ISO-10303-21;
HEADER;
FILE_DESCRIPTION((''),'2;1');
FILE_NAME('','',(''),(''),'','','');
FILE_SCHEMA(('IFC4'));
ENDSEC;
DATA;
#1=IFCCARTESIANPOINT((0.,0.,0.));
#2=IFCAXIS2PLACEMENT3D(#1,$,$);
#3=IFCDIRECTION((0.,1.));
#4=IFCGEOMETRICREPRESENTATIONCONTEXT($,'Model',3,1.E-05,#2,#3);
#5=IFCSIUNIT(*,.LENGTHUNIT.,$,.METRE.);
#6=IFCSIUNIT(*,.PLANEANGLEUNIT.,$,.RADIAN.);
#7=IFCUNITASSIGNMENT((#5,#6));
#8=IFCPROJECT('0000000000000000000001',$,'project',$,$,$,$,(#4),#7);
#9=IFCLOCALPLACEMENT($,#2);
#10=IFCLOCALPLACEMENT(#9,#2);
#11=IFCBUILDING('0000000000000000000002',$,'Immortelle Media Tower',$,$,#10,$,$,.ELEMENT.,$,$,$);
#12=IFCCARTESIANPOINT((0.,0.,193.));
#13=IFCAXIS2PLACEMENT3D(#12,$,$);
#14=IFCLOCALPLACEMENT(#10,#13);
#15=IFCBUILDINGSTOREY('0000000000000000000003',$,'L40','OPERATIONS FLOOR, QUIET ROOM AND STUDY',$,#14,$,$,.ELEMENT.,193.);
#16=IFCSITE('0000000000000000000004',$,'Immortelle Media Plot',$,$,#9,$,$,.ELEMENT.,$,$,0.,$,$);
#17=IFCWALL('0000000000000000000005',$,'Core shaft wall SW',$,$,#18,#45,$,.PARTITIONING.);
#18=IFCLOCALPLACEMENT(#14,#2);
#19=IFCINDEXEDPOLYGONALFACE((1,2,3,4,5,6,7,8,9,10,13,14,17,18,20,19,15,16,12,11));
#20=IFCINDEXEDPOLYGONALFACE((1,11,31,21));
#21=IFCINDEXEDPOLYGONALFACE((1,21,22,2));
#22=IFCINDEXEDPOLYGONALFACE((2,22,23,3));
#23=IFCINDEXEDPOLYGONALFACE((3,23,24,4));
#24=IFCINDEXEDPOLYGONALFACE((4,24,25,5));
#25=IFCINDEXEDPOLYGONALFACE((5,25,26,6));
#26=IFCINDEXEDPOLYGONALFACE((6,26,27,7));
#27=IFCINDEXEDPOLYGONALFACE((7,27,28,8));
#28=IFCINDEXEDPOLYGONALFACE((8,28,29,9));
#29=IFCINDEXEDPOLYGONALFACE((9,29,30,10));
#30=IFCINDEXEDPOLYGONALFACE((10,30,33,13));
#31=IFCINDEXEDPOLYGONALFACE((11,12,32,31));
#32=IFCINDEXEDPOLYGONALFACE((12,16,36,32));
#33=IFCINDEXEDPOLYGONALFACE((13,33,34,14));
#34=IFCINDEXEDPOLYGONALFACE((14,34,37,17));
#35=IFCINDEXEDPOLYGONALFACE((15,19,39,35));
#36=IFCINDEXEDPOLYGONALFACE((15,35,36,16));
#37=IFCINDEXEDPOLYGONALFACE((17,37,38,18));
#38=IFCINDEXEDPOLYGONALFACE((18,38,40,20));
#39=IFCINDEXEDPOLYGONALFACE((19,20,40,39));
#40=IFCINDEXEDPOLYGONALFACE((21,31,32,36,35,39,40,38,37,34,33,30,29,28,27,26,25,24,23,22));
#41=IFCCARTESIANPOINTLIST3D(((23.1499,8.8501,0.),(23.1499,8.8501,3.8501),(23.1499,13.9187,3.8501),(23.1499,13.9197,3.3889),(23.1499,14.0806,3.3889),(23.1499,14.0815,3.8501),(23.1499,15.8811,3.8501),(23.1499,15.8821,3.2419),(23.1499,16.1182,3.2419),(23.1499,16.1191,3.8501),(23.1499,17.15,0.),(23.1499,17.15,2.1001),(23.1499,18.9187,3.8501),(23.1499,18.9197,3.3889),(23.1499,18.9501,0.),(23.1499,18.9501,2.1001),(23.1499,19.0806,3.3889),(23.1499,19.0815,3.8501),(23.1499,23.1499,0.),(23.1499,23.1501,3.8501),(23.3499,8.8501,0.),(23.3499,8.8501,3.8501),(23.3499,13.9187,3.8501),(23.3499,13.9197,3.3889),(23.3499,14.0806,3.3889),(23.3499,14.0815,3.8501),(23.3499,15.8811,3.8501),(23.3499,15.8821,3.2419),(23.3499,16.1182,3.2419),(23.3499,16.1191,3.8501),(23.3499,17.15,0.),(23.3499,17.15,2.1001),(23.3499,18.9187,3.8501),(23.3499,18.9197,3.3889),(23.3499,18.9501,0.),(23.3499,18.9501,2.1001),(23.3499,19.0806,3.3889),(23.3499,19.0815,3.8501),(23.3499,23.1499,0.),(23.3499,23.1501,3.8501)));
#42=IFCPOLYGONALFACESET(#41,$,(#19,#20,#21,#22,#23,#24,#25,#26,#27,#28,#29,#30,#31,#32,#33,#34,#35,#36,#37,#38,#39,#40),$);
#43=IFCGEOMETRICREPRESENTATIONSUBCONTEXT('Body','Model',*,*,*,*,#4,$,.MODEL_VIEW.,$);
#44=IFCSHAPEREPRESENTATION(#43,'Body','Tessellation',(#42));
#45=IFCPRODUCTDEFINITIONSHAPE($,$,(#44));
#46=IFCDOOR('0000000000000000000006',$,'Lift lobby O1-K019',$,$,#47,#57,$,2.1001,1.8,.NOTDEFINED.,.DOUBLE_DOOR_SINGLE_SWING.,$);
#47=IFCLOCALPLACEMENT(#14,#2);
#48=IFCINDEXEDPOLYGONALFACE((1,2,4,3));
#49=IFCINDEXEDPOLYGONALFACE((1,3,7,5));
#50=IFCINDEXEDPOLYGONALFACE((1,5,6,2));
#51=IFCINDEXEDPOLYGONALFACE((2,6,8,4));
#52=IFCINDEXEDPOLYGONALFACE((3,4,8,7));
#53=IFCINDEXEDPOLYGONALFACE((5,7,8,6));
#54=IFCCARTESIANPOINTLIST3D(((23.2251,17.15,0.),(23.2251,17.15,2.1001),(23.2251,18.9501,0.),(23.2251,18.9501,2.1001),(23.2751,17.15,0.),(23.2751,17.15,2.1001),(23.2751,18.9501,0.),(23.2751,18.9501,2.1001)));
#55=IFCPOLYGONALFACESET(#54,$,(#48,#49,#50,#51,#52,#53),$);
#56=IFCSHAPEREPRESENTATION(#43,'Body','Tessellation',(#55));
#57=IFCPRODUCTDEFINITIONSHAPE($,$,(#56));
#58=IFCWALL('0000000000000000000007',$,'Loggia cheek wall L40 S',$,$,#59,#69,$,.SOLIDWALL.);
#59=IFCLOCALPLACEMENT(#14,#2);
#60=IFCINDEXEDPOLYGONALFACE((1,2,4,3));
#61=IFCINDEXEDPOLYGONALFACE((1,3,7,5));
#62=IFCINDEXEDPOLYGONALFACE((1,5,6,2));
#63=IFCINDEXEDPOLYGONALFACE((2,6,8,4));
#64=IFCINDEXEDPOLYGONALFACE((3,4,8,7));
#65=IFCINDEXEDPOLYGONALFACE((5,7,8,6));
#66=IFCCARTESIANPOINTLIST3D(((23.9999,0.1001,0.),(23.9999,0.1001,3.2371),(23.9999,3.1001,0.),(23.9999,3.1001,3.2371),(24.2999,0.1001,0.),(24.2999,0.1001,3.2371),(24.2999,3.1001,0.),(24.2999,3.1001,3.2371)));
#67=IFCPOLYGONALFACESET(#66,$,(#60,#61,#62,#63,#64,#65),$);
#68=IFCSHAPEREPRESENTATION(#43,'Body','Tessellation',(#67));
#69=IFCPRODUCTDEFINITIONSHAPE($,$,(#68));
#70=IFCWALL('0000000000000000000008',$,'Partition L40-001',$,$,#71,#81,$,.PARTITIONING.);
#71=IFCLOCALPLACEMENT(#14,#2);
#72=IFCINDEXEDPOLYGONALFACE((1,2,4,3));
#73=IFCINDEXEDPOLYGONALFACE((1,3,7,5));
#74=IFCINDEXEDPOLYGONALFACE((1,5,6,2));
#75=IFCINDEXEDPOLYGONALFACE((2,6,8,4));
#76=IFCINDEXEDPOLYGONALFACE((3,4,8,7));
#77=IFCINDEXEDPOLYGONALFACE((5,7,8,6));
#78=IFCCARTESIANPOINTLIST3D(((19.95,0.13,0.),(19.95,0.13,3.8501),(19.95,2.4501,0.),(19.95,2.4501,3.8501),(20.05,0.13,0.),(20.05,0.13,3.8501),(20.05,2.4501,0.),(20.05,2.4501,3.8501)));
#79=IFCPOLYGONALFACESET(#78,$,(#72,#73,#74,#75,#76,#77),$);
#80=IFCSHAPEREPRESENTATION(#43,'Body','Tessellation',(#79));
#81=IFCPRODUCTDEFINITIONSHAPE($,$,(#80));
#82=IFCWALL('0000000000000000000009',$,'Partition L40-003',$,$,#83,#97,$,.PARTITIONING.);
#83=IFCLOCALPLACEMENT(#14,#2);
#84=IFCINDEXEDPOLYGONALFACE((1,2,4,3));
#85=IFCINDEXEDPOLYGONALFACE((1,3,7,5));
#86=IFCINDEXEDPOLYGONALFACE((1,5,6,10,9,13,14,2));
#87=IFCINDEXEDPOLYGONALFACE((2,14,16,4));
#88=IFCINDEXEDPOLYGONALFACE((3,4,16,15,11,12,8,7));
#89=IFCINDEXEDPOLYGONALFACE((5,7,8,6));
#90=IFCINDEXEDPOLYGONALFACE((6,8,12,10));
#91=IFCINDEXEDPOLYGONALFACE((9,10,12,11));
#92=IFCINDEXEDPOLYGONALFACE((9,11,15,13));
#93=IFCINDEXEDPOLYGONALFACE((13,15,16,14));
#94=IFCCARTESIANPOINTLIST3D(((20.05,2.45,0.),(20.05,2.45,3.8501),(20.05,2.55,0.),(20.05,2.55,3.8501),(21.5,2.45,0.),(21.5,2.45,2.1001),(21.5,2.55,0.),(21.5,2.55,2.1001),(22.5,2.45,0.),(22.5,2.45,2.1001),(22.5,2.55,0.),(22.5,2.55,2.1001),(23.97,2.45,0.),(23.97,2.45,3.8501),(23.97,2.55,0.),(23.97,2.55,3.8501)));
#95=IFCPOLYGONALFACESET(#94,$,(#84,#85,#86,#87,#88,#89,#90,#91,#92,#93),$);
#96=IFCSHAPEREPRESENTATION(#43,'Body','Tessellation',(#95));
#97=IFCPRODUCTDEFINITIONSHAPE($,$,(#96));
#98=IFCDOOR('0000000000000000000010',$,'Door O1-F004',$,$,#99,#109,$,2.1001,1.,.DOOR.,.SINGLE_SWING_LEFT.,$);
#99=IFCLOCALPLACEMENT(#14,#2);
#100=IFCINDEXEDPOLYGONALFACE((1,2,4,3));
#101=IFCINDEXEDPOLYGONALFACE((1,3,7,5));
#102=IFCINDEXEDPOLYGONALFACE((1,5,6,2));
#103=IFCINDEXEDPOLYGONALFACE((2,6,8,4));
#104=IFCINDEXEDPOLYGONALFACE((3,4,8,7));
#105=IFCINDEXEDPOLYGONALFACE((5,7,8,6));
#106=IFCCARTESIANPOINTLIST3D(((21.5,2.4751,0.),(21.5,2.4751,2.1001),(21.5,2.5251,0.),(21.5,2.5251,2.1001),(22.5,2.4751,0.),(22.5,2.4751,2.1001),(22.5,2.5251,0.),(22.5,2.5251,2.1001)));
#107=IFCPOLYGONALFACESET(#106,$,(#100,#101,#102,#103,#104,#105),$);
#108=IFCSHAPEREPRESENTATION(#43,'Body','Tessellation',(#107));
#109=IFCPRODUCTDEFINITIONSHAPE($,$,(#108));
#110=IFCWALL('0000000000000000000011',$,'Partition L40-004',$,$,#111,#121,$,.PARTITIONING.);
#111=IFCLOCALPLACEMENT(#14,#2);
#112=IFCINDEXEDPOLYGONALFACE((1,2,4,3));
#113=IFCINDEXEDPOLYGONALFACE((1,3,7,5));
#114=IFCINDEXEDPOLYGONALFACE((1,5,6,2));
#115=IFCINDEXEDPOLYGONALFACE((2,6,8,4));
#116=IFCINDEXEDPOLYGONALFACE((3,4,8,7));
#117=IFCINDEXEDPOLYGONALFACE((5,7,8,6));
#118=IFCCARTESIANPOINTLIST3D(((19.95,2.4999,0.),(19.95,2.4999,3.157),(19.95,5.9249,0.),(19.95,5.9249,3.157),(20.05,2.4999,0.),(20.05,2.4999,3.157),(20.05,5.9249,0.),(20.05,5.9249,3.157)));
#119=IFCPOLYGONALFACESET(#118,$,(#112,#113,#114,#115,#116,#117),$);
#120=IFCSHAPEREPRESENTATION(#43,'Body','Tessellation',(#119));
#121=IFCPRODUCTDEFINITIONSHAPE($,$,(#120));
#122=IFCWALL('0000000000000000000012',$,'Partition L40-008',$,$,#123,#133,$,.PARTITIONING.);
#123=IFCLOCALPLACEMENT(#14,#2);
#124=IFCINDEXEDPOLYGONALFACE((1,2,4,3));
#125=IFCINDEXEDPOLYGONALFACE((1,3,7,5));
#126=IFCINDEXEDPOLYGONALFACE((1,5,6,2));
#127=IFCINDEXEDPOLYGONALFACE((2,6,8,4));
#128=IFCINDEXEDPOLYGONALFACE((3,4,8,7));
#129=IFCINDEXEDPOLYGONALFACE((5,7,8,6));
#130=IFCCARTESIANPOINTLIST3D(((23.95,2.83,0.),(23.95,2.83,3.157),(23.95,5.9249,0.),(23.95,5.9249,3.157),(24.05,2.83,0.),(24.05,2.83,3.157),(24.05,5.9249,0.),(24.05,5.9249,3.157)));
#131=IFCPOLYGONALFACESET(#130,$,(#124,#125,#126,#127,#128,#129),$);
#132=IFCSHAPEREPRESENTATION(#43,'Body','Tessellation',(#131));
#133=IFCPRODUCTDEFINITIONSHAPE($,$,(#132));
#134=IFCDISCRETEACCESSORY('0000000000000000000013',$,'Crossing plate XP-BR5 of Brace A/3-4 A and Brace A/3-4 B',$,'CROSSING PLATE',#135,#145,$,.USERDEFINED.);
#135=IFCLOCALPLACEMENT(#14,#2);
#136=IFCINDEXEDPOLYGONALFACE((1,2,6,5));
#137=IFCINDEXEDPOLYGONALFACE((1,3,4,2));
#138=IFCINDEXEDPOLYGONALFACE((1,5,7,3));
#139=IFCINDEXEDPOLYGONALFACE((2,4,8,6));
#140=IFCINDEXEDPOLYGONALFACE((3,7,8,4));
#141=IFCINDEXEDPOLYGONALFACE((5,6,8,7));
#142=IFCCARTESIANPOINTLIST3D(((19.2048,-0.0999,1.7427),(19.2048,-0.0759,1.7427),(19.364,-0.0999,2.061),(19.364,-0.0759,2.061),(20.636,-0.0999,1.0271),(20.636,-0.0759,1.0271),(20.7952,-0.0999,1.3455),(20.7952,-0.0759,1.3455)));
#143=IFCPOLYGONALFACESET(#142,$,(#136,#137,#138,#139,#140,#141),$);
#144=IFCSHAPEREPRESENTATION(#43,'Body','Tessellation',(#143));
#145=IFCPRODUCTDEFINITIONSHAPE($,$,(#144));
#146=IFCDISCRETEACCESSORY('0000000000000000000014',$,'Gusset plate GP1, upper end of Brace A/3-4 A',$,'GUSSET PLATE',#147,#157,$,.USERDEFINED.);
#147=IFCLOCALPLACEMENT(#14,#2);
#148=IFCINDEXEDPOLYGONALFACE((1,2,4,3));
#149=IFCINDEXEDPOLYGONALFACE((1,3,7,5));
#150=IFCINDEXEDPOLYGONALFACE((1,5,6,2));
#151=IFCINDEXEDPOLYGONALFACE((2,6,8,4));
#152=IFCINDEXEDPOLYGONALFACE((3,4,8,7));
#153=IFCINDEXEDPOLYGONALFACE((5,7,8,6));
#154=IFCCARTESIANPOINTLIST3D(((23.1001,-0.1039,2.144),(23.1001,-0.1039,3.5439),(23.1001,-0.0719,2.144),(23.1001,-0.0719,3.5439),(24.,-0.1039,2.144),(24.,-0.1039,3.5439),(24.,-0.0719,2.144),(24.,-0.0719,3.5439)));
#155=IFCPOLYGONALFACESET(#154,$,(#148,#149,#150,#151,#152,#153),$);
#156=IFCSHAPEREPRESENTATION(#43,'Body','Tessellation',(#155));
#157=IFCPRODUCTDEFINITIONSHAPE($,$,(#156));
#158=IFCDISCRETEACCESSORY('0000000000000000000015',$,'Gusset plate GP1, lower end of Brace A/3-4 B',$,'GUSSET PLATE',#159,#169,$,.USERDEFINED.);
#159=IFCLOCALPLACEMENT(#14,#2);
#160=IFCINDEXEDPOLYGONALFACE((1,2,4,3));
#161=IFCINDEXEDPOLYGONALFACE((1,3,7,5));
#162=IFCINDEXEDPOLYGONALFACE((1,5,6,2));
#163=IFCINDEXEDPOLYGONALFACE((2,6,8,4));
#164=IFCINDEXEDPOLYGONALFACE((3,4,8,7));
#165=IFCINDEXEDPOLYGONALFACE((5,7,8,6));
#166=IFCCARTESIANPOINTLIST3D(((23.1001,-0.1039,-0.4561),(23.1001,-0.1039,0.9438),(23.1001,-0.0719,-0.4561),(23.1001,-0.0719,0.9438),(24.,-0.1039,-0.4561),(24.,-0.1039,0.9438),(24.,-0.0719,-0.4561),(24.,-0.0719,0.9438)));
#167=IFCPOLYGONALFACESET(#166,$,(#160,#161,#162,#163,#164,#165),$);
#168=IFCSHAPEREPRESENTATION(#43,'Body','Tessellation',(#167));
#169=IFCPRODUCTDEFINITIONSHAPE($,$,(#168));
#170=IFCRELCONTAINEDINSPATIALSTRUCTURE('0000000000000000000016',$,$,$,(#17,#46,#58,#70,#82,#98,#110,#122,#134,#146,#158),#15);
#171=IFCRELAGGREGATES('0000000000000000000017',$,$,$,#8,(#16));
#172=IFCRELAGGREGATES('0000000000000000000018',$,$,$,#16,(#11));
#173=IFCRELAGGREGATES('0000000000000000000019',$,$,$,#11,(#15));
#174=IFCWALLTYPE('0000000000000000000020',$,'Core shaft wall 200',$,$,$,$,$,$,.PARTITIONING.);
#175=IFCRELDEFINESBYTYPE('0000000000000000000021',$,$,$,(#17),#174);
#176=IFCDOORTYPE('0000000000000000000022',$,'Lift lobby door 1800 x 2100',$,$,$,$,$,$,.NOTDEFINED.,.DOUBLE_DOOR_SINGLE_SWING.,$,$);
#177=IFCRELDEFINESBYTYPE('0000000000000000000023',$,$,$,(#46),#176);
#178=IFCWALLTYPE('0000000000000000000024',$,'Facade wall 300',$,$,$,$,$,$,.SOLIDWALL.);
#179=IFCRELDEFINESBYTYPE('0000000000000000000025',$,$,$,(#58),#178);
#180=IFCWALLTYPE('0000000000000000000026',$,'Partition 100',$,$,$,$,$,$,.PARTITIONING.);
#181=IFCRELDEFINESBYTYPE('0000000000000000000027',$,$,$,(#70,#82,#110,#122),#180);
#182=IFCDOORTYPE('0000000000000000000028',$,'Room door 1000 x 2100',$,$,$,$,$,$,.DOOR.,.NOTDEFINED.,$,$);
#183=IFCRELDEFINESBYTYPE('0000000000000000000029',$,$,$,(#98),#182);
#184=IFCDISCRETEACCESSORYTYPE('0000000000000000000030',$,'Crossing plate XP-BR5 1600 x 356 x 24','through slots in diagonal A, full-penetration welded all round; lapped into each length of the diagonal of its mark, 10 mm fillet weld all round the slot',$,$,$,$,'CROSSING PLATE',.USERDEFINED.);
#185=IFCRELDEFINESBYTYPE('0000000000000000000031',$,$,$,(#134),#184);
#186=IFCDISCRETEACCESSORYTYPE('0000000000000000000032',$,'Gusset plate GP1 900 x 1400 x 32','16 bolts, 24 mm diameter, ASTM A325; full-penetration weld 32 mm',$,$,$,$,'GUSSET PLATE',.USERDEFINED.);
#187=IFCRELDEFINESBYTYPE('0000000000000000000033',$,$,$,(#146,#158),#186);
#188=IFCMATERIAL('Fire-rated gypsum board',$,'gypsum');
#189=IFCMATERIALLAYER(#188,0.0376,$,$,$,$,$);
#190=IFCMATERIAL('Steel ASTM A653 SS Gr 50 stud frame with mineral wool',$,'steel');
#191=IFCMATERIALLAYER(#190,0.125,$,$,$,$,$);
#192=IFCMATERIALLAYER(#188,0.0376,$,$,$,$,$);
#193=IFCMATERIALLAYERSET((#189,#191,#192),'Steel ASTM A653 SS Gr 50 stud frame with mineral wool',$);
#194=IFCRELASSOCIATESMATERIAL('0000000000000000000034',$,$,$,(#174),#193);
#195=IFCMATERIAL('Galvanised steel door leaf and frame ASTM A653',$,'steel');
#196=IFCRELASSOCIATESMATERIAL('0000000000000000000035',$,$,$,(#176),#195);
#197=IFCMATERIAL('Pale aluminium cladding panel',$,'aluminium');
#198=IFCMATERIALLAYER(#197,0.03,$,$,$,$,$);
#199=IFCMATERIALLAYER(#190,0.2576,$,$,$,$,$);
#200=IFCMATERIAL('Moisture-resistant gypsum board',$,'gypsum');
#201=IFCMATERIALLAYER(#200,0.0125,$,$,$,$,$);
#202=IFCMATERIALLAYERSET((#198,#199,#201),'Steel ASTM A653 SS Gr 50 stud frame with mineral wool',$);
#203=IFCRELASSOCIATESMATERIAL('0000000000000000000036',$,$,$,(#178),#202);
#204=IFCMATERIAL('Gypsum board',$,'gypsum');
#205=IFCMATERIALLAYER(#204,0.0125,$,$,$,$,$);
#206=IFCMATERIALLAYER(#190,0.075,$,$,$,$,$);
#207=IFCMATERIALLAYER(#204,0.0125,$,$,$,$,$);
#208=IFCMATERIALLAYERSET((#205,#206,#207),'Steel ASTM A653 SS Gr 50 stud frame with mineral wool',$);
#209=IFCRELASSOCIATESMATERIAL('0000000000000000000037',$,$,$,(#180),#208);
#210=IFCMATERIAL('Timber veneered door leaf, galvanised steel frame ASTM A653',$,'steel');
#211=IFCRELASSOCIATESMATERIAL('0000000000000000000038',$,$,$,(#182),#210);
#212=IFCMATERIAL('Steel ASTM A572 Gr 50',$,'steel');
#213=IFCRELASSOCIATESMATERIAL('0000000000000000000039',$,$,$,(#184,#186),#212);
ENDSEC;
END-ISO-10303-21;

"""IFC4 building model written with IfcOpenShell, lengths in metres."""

from ifc_helpers import new_model, si_unit, direction, frame, frame_2d, origin, origin_2d, place, context, subcontext, project, spatial, polyline, rectangle, outline, extrude, material, layer, layer_set, material_profile, profile_set, type_object, element, fill, save


model = new_model("IFC4")

# Units and contexts
model_context = context("Model", 3, precision=1e-05, world=origin(), true_north=direction((0.0, 1.0)))
body_context = subcontext(model_context, "Body", "Model", "MODEL_VIEW")
ifc_project = project(units=[si_unit("LENGTHUNIT", "METRE"), si_unit("PLANEANGLEUNIT", "RADIAN")], contexts=[model_context])

# Site, building, storey
site_placement = place(None, origin())
site = spatial("IfcSite", under=ifc_project, at=site_placement, Name="Immortelle Media Plot", CompositionType="ELEMENT", RefElevation=0.0)
building_placement = place(site_placement, origin())
building = spatial("IfcBuilding", under=site, at=building_placement, Name="Immortelle Media Tower", CompositionType="ELEMENT")
storey_placement = place(building_placement, frame((0.0, 0.0, 193.0)))
storey = spatial("IfcBuildingStorey", under=building, at=storey_placement, Name="L40", Description="OPERATIONS FLOOR, QUIET ROOM AND STUDY", CompositionType="ELEMENT", Elevation=193.0)

# Wall, opening, door
ifc_material_1 = material(Name="Fire-rated gypsum board", Category="gypsum")
ifc_layer_1 = layer(ifc_material_1, 0.0376)
ifc_material_2 = material(Name="Steel ASTM A653 SS Gr 50 stud frame with mineral wool", Category="steel")
ifc_layer_2 = layer(ifc_material_2, 0.125)
ifc_layer_3 = layer(ifc_material_1, 0.0376)
ifc_layer_set_1 = layer_set([ifc_layer_1, ifc_layer_2, ifc_layer_3], Name="Steel ASTM A653 SS Gr 50 stud frame with mineral wool")
wall_type_1 = type_object("IfcWallType", Name="Core shaft wall 200", PredefinedType="PARTITIONING", material=ifc_layer_set_1)
wall_1_placement = place(storey_placement, frame((23.25, 8.8501, 0.0), z_axis=(0.0, 0.0, 1.0), x_axis=(0.0, 1.0, 0.0)))
wall_1 = element("IfcWall", 1, at=wall_1_placement, inside=storey, type_object=wall_type_1, Name="Core shaft wall SW", PredefinedType="PARTITIONING", context=body_context, shape_type="SweptSolid", body=[
    extrude(outline(polyline([(0.0, 0.0), (14.2998, 0.0), (14.3, 3.8501), (10.2314, 3.8501), (10.2305, 3.3889), (10.0696, 3.3889), (10.0686, 3.8501), (7.269, 3.8501), (7.2681, 3.2419), (7.032, 3.2419), (7.031, 3.8501), (5.2314, 3.8501), (5.2305, 3.3889), (5.0696, 3.3889), (5.0686, 3.8501), (0.0, 3.8501), (0.0, 0.0)])), frame((0.0, 0.1001, 0.0), z_axis=(0.0, -1.0, 0.0), x_axis=(1.0, 0.0, 0.0)), (0.0, 0.0, 1.0), 0.2),
])
opening_1_placement = place(wall_1_placement, frame((8.3, 0.0, 0.0)))
opening_1 = element("IfcOpeningElement", 2, at=opening_1_placement, cuts=wall_1, PredefinedType="OPENING", context=body_context, shape_type="SweptSolid", body=[
    extrude(rectangle(XDim=1.8, YDim=2.1001, at=frame_2d((0.8999, 1.05))), frame((0.0, 0.1099, 0.0), z_axis=(0.0, -1.0, 0.0), x_axis=(1.0, 0.0, 0.0)), (0.0, 0.0, 1.0), 0.22),
])
ifc_material_3 = material(Name="Galvanised steel door leaf and frame ASTM A653", Category="steel")
door_type_1 = type_object("IfcDoorType", Name="Lift lobby door 1800 x 2100", OperationType="DOUBLE_DOOR_SINGLE_SWING", PredefinedType="NOTDEFINED", material=ifc_material_3)
door_1_placement = place(opening_1_placement, origin())
door_1 = element("IfcDoor", 3, at=door_1_placement, inside=storey, type_object=door_type_1, Name="Lift lobby O1-K019", OperationType="DOUBLE_DOOR_SINGLE_SWING", OverallHeight=2.1001, OverallWidth=1.8, PredefinedType="NOTDEFINED", context=body_context, shape_type="SweptSolid", body=[
    extrude(rectangle(XDim=1.8, YDim=2.1001, at=frame_2d((0.8999, 1.05))), frame((0.0, 0.0249, 0.0), z_axis=(0.0, -1.0, 0.0), x_axis=(1.0, 0.0, 0.0)), (0.0, 0.0, 1.0), 0.05),
])
fill(opening_1, door_1)

# Shared definitions
ifc_material_4 = material(Name="Pale aluminium cladding panel", Category="aluminium")
ifc_layer_4 = layer(ifc_material_4, 0.03)
ifc_layer_5 = layer(ifc_material_2, 0.2576)
ifc_material_5 = material(Name="Moisture-resistant gypsum board", Category="gypsum")
ifc_layer_6 = layer(ifc_material_5, 0.0125)
ifc_layer_set_2 = layer_set([ifc_layer_4, ifc_layer_5, ifc_layer_6], Name="Steel ASTM A653 SS Gr 50 stud frame with mineral wool")
wall_type_2 = type_object("IfcWallType", Name="Facade wall 300", PredefinedType="SOLIDWALL", material=ifc_layer_set_2)

# Walls
wall_2_placement = place(storey_placement, frame((24.1499, 0.1001, 0.0), z_axis=(0.0, 0.0, 1.0), x_axis=(0.0, 1.0, 0.0)))
element("IfcWall", 4, at=wall_2_placement, inside=storey, type_object=wall_type_2, Name="Loggia cheek wall L40 S", PredefinedType="SOLIDWALL", context=body_context, shape_type="SweptSolid", body=[
    extrude(rectangle(XDim=3.0, YDim=0.3, at=frame_2d((1.5, 0.0))), origin(), (0.0, 0.0, 1.0), 3.2371),
])
ifc_material_6 = material(Name="Gypsum board", Category="gypsum")
ifc_layer_7 = layer(ifc_material_6, 0.0125)
ifc_layer_8 = layer(ifc_material_2, 0.075)
ifc_layer_9 = layer(ifc_material_6, 0.0125)
ifc_layer_set_3 = layer_set([ifc_layer_7, ifc_layer_8, ifc_layer_9], Name="Steel ASTM A653 SS Gr 50 stud frame with mineral wool")
wall_type_3 = type_object("IfcWallType", Name="Partition 100", PredefinedType="PARTITIONING", material=ifc_layer_set_3)
wall_3_placement = place(storey_placement, frame((20.0, 0.1299, 0.0), z_axis=(0.0, 0.0, 1.0), x_axis=(0.0, 1.0, 0.0)))
element("IfcWall", 5, at=wall_3_placement, inside=storey, type_object=wall_type_3, Name="Partition L40-001", PredefinedType="PARTITIONING", context=body_context, shape_type="SweptSolid", body=[
    extrude(rectangle(XDim=2.3201, YDim=0.1001, at=frame_2d((1.1602, 0.0))), origin(), (0.0, 0.0, 1.0), 3.8501),
])

# Wall, opening, door
wall_4_placement = place(storey_placement, frame((20.05, 2.5, 0.0), z_axis=(0.0, 0.0, 1.0), x_axis=(1.0, 0.0, 0.0)))
wall_4 = element("IfcWall", 6, at=wall_4_placement, inside=storey, type_object=wall_type_3, Name="Partition L40-003", PredefinedType="PARTITIONING", context=body_context, shape_type="SweptSolid", body=[
    extrude(rectangle(XDim=3.9199, YDim=0.1001, at=frame_2d((1.96, 0.0))), origin(), (0.0, 0.0, 1.0), 3.8501),
])
opening_2_placement = place(wall_4_placement, frame((2.45, 0.0, 0.0), z_axis=(0.0, 0.0, 1.0), x_axis=(-1.0, 0.0, 0.0)))
opening_2 = element("IfcOpeningElement", 7, at=opening_2_placement, cuts=wall_4, PredefinedType="OPENING", context=body_context, shape_type="SweptSolid", body=[
    extrude(rectangle(XDim=1.0, YDim=2.1001, at=frame_2d((0.5, 1.05))), frame((0.0, 0.0601, 0.0), z_axis=(0.0, -1.0, 0.0), x_axis=(1.0, 0.0, 0.0)), (0.0, 0.0, 1.0), 0.1201),
])
ifc_material_7 = material(Name="Timber veneered door leaf, galvanised steel frame ASTM A653", Category="steel")
door_type_2 = type_object("IfcDoorType", Name="Room door 1000 x 2100", OperationType="NOTDEFINED", PredefinedType="DOOR", material=ifc_material_7)
door_2_placement = place(opening_2_placement, origin())
door_2 = element("IfcDoor", 8, at=door_2_placement, inside=storey, type_object=door_type_2, Name="Door O1-F004", OperationType="SINGLE_SWING_LEFT", OverallHeight=2.1001, OverallWidth=1.0, PredefinedType="DOOR", context=body_context, shape_type="SweptSolid", body=[
    extrude(rectangle(XDim=1.0, YDim=2.1001, at=frame_2d((0.5, 1.05))), frame((0.0, 0.0249, 0.0), z_axis=(0.0, -1.0, 0.0), x_axis=(1.0, 0.0, 0.0)), (0.0, 0.0, 1.0), 0.05),
])
fill(opening_2, door_2)

# Walls
wall_5_placement = place(storey_placement, frame((20.0, 2.5, 0.0), z_axis=(0.0, 0.0, 1.0), x_axis=(0.0, 1.0, 0.0)))
element("IfcWall", 9, at=wall_5_placement, inside=storey, type_object=wall_type_3, Name="Partition L40-004", PredefinedType="PARTITIONING", context=body_context, shape_type="SweptSolid", body=[
    extrude(rectangle(XDim=3.425, YDim=0.1001, at=frame_2d((1.7124, 0.0))), origin(), (0.0, 0.0, 1.0), 3.157),
])
wall_6_placement = place(storey_placement, frame((24.0, 2.8301, 0.0), z_axis=(0.0, 0.0, 1.0), x_axis=(0.0, 1.0, 0.0)))
element("IfcWall", 10, at=wall_6_placement, inside=storey, type_object=wall_type_3, Name="Partition L40-008", PredefinedType="PARTITIONING", context=body_context, shape_type="SweptSolid", body=[
    extrude(rectangle(XDim=3.095, YDim=0.1001, at=frame_2d((1.5474, 0.0))), origin(), (0.0, 0.0, 1.0), 3.157),
])

# Discrete accessories
ifc_material_8 = material(Name="Steel ASTM A572 Gr 50", Category="steel")
ifc_material_profile_1 = material_profile(ifc_material_8, rectangle(XDim=0.0239, YDim=0.356, at=origin_2d()), Name="PL 24 x 356")
ifc_profile_set_1 = profile_set([ifc_material_profile_1], Name="Steel ASTM A572 Gr 50")
discrete_accessory_type_1 = type_object("IfcDiscreteAccessoryType", Name="Crossing plate XP-BR5 1600 x 356 x 24", Description="through slots in diagonal A, full-penetration welded all round; lapped into each length of the diagonal of its mark, 10 mm fillet weld all round the slot", ElementType="CROSSING PLATE", PredefinedType="USERDEFINED", material=ifc_profile_set_1)
discrete_accessory_placement = place(storey_placement, frame((19.2844, -0.0879, 1.9019), z_axis=(0.894427, 0.0, -0.447214), x_axis=(0.0, 1.0, 0.0)))
element("IfcDiscreteAccessory", 11, at=discrete_accessory_placement, inside=storey, type_object=discrete_accessory_type_1, Name="Crossing plate XP-BR5 of Brace A/3-4 A and Brace A/3-4 B", ObjectType="CROSSING PLATE", PredefinedType="USERDEFINED", context=body_context, shape_type="SweptSolid", body=[
    extrude(rectangle(XDim=0.0239, YDim=0.356, at=origin_2d()), origin(), (0.0, 0.0, 1.0), 1.6001),
])
ifc_material_profile_2 = material_profile(ifc_material_8, rectangle(XDim=0.032, YDim=1.3999, at=origin_2d()), Name="PL 32 x 1400")
ifc_profile_set_2 = profile_set([ifc_material_profile_2], Name="Steel ASTM A572 Gr 50")
discrete_accessory_type_2 = type_object("IfcDiscreteAccessoryType", Name="Gusset plate GP1 900 x 1400 x 32", Description="16 bolts, 24 mm diameter, ASTM A325; full-penetration weld 32 mm", ElementType="GUSSET PLATE", PredefinedType="USERDEFINED", material=ifc_profile_set_2)
for number, where, z_axis, x_axis, name in (
    (12, (24.0, -0.0879, 2.844), (-1.0, 0.0, 0.0), (0.0, -1.0, 0.0), "Gusset plate GP1, upper end of Brace A/3-4 A"),
    (13, (24.0, -0.0879, 0.2439), (-1.0, 0.0, 0.0), (0.0, -1.0, 0.0), "Gusset plate GP1, lower end of Brace A/3-4 B"),
):
    element("IfcDiscreteAccessory", number, at=place(storey_placement, frame(where, z_axis=z_axis, x_axis=x_axis)), inside=storey, type_object=discrete_accessory_type_2, Name=name, ObjectType="GUSSET PLATE", PredefinedType="USERDEFINED", context=body_context, shape_type="SweptSolid", body=[
        extrude(rectangle(XDim=0.032, YDim=1.3999, at=origin_2d()), origin(), (0.0, 0.0, 1.0), 0.8999),
    ])

save(model, "model.ifc")
